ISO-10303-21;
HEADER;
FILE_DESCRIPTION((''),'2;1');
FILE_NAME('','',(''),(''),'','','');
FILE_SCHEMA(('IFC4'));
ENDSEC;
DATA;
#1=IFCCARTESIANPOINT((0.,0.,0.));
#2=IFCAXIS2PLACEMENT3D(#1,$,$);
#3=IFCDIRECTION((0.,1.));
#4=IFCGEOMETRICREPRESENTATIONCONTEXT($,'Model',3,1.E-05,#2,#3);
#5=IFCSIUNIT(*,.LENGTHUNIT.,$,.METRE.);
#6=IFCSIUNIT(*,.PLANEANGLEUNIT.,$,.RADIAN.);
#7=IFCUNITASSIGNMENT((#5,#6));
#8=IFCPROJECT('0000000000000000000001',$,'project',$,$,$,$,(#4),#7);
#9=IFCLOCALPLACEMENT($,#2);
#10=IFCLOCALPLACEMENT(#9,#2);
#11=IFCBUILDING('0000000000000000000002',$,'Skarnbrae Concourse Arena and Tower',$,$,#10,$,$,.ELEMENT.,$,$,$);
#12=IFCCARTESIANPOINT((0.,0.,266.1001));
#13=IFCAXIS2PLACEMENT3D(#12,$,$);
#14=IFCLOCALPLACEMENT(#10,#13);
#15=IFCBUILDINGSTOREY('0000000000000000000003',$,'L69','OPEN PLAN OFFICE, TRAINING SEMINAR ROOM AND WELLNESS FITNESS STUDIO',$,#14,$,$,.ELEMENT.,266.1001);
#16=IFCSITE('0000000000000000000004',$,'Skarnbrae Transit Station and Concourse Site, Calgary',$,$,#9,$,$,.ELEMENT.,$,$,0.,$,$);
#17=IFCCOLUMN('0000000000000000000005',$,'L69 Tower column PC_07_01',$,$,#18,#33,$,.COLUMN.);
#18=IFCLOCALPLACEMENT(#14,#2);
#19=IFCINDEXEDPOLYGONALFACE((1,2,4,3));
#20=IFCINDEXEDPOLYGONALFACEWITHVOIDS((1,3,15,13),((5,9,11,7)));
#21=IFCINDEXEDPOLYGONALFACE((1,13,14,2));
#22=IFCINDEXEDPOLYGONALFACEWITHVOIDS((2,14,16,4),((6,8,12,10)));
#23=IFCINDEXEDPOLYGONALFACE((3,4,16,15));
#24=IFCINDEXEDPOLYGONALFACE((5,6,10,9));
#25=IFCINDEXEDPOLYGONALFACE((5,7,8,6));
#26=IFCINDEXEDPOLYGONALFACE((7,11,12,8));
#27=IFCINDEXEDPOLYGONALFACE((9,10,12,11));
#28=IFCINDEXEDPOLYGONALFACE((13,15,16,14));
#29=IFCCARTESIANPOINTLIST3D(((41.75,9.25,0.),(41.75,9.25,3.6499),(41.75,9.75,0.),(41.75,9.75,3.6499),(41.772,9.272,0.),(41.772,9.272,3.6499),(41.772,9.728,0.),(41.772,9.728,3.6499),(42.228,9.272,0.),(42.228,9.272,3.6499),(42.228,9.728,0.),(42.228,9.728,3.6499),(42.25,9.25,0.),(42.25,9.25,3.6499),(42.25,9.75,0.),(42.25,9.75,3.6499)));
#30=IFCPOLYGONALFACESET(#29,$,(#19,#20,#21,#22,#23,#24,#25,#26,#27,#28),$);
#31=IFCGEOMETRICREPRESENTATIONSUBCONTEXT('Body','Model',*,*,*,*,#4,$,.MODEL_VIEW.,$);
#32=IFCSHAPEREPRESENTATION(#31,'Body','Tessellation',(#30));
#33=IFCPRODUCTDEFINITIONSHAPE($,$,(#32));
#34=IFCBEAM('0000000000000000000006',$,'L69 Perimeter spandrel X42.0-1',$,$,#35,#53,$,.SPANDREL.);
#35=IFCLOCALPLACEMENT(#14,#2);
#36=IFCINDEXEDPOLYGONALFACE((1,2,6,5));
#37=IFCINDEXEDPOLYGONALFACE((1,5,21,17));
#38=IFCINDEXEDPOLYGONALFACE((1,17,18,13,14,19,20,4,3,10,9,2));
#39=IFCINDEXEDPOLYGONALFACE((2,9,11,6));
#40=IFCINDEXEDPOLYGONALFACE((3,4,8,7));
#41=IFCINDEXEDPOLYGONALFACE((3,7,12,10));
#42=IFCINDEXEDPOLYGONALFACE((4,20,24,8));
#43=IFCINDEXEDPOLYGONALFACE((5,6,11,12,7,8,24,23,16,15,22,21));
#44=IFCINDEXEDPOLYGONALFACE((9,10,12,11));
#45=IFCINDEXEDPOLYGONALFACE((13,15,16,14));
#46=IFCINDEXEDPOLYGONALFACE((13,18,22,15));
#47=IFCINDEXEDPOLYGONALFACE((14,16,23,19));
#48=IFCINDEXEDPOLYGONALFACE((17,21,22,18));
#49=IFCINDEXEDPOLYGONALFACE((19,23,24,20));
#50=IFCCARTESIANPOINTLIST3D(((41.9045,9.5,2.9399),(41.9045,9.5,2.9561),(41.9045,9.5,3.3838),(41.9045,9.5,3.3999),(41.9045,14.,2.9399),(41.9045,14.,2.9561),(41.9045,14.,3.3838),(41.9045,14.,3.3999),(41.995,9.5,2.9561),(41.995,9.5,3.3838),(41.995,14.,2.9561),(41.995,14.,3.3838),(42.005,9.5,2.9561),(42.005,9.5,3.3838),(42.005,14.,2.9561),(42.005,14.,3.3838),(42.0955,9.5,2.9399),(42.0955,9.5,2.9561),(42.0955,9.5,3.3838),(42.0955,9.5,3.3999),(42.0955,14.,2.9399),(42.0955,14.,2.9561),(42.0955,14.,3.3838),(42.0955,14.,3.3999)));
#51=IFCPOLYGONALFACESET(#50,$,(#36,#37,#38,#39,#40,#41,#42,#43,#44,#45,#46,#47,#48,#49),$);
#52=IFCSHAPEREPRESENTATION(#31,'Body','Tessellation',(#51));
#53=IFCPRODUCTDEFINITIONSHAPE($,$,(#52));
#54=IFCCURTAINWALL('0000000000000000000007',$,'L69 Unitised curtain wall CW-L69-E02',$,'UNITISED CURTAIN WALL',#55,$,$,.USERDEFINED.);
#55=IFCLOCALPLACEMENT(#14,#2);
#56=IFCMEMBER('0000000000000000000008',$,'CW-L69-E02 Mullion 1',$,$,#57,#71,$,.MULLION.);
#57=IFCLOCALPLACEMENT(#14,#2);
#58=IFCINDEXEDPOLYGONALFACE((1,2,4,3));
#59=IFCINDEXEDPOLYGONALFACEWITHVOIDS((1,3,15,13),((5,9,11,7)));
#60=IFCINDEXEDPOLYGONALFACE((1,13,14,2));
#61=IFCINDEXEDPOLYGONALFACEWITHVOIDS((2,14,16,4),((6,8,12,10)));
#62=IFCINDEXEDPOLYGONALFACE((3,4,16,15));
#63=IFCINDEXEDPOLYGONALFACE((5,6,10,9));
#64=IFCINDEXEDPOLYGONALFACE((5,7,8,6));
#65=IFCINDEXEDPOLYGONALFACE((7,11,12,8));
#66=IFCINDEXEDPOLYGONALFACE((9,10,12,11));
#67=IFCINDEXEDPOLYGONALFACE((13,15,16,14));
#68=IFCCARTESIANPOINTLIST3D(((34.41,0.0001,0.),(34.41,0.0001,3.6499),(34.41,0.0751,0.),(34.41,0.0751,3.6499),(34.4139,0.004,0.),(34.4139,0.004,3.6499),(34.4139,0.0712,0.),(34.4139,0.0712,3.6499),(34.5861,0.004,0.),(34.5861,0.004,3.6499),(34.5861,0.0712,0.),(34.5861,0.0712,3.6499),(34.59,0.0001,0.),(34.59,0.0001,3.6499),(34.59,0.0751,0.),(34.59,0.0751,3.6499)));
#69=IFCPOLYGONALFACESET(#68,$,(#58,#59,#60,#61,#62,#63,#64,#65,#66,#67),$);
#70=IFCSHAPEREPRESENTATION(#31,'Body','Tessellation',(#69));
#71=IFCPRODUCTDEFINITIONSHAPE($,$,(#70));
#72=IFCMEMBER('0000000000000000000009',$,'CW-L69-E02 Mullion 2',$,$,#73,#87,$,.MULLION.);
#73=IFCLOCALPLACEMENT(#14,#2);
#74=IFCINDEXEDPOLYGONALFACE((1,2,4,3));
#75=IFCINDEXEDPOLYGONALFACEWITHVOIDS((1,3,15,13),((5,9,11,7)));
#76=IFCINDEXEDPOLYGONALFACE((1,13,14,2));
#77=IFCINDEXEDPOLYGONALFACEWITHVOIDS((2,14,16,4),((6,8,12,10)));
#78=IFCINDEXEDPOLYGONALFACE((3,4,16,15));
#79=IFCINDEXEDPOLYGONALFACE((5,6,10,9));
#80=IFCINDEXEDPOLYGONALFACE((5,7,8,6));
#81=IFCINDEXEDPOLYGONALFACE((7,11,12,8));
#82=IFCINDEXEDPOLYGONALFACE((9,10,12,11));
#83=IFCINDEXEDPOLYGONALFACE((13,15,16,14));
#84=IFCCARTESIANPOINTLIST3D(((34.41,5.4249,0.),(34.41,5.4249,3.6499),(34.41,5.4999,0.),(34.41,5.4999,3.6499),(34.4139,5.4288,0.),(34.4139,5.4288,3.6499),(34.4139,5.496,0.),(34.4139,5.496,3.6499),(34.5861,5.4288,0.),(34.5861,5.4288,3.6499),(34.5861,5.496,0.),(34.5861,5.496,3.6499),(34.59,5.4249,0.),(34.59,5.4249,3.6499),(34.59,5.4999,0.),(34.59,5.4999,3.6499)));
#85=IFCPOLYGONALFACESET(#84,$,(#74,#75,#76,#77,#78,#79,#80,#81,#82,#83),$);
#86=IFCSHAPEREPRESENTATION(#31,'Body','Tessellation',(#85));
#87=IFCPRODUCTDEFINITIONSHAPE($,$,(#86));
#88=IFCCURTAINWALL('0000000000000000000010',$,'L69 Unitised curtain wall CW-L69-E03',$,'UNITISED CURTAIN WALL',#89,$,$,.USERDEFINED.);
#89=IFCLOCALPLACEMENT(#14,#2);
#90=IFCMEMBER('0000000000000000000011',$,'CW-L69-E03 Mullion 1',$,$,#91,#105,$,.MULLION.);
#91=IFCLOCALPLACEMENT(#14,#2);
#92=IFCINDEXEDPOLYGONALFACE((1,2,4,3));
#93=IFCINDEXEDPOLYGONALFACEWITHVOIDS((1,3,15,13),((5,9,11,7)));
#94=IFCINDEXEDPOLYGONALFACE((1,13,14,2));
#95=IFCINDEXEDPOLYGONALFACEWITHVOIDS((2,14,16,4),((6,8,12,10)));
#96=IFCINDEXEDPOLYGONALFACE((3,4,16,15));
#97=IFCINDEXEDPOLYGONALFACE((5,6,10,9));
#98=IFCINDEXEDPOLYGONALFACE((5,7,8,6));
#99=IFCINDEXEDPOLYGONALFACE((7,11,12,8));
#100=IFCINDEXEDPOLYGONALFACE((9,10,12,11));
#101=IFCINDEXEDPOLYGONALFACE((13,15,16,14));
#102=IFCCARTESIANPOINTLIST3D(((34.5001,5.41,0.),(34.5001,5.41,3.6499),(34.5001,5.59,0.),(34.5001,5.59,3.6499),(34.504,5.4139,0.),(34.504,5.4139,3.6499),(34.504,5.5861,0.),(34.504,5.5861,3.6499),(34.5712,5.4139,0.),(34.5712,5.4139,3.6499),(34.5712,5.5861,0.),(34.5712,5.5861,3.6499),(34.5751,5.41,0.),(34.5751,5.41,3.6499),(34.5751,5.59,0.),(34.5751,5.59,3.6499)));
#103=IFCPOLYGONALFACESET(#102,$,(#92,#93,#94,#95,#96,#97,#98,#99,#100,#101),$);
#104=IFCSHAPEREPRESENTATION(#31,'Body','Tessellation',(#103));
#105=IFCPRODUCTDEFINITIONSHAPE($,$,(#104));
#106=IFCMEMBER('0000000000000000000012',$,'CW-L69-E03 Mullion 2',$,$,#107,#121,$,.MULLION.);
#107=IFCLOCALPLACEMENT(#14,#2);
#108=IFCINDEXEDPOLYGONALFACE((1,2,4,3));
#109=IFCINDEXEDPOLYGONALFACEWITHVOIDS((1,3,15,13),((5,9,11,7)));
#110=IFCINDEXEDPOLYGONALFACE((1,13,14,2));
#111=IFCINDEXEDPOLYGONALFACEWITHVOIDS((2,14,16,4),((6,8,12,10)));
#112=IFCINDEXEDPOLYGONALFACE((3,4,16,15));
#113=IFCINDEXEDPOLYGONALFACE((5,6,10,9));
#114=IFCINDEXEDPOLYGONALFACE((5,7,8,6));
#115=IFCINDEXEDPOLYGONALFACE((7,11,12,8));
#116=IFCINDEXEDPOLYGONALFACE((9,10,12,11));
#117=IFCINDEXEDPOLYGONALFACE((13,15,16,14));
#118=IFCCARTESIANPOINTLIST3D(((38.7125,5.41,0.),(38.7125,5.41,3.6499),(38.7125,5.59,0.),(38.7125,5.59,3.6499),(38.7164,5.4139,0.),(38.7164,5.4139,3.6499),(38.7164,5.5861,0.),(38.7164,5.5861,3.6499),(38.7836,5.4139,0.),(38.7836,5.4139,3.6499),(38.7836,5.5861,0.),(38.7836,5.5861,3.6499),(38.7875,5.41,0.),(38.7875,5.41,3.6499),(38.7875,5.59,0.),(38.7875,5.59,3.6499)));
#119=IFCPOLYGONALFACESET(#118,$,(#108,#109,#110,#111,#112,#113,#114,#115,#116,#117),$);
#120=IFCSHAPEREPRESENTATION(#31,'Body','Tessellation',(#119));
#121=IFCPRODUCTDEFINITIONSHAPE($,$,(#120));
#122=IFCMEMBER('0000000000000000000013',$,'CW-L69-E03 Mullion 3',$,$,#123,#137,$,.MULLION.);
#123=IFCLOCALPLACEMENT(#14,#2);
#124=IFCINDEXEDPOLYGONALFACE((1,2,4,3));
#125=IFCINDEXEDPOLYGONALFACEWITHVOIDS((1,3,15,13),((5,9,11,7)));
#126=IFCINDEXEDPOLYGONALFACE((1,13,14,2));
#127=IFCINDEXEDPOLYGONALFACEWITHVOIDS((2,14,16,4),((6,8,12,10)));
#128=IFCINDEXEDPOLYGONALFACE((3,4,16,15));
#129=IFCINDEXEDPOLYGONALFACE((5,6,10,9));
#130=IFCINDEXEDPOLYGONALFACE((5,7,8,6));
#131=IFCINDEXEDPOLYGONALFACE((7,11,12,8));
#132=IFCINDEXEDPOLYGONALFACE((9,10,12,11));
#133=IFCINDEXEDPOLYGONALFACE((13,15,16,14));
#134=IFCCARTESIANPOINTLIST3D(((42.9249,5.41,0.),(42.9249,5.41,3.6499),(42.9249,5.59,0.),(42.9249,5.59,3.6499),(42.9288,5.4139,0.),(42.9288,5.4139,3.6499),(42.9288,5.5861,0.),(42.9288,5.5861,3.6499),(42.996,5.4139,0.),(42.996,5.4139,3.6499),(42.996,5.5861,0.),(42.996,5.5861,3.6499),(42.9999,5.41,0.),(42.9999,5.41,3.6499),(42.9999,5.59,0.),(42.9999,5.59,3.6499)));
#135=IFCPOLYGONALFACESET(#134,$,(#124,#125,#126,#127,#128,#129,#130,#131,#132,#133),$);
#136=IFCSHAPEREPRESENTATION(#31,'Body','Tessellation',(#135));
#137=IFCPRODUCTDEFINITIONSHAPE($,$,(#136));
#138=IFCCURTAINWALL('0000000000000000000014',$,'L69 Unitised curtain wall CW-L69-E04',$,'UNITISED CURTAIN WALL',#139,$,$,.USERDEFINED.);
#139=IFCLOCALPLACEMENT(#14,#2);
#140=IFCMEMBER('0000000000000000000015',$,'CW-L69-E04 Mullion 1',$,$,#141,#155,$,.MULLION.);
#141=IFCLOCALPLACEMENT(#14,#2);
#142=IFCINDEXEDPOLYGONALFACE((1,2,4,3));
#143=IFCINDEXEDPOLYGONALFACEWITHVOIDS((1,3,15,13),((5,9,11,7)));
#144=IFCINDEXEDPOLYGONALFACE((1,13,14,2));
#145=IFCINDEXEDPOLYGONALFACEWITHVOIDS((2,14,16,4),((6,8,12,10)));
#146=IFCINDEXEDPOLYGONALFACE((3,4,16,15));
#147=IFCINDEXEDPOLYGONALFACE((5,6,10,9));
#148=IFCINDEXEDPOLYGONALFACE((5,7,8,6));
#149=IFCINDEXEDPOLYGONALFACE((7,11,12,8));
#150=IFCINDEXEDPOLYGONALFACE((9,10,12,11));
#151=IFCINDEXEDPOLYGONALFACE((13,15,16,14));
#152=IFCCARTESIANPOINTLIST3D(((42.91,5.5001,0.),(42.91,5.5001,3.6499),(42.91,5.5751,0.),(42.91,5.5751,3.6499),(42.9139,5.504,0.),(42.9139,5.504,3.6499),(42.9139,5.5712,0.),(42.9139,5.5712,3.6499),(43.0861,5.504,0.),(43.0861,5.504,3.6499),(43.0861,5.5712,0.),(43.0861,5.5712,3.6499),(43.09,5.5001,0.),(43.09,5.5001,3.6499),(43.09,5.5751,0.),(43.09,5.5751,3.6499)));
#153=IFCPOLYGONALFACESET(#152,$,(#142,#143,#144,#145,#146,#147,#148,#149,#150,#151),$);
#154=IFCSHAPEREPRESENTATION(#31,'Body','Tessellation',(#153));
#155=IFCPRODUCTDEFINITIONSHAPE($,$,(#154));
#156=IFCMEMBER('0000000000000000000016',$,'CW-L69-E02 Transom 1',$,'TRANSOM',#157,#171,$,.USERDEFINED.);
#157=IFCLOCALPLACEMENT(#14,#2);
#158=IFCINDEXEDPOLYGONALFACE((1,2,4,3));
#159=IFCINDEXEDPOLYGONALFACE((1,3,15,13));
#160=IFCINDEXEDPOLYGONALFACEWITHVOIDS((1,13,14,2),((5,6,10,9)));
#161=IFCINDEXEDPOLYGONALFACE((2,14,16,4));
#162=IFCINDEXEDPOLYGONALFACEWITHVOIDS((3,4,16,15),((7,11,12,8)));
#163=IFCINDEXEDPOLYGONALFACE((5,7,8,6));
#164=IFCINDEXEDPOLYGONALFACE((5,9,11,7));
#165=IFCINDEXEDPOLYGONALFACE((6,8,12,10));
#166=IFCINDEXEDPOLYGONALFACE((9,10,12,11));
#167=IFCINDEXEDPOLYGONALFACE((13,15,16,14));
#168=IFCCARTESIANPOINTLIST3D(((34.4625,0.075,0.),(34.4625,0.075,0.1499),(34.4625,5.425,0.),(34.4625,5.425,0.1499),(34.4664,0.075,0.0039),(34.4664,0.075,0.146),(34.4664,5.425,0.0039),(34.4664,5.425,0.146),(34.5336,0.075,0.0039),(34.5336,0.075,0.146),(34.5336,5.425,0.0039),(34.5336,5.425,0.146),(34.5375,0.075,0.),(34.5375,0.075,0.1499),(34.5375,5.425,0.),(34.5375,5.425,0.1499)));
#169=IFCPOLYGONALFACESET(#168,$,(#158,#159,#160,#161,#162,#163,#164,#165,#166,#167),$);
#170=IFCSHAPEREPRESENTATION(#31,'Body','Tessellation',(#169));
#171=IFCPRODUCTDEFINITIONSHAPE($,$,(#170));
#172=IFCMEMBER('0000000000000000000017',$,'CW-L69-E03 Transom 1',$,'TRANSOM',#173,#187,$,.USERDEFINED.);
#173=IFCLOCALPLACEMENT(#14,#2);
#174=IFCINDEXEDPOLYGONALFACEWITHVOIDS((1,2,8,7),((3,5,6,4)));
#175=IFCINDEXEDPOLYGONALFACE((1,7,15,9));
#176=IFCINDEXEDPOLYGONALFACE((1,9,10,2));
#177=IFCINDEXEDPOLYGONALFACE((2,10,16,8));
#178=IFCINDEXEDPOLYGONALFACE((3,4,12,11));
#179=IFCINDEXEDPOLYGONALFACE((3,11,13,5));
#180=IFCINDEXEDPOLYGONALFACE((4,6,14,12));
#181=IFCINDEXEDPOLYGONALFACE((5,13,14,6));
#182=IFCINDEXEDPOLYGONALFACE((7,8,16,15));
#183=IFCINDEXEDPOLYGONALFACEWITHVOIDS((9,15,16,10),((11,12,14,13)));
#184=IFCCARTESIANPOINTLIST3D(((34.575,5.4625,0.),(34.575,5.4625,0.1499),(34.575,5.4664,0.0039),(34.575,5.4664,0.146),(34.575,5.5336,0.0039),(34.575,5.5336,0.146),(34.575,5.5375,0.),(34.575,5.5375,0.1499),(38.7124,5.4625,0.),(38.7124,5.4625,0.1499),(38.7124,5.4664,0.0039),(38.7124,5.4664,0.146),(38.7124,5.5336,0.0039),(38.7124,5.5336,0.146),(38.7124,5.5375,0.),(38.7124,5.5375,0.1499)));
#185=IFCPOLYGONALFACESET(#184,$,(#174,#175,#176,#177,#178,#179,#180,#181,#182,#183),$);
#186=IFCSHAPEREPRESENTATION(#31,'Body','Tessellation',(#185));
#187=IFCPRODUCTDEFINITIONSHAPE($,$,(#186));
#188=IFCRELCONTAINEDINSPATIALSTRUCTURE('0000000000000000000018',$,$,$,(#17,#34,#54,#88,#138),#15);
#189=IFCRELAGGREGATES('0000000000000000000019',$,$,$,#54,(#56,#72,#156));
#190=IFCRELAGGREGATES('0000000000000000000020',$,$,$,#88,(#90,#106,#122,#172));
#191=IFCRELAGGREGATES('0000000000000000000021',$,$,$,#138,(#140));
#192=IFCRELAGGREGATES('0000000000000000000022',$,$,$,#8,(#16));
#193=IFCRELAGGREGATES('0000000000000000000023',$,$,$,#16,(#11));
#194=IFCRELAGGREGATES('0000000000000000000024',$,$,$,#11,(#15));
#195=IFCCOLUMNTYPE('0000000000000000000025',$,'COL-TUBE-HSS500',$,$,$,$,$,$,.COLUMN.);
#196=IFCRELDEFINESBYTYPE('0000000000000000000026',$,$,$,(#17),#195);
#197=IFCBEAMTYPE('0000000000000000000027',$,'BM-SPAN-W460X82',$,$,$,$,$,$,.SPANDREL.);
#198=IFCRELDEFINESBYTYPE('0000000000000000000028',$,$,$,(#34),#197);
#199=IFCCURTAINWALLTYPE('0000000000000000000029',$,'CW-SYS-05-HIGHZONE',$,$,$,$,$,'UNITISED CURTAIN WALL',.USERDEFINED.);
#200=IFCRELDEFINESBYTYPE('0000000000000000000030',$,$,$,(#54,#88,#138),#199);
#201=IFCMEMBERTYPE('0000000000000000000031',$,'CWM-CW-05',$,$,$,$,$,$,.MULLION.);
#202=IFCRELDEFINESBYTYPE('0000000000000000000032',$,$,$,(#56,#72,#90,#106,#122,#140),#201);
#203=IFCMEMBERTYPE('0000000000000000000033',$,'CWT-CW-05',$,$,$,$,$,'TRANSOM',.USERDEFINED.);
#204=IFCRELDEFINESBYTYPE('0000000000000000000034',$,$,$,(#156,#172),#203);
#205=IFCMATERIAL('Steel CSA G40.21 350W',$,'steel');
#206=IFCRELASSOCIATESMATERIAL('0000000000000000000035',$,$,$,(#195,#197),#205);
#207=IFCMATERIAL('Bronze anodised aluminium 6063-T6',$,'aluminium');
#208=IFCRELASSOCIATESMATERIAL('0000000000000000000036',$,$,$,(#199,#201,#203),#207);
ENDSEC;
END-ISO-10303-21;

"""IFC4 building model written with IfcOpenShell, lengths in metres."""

from ifc_helpers import new_model, si_unit, direction, frame, origin, origin_2d, place, context, subcontext, project, spatial, hollow_rectangle, i_section, extrude, source, transform, mapped, material, material_profile, profile_set, type_object, element, aggregate, save


model = new_model("IFC4")

# Units and contexts
model_context = context("Model", 3, precision=1e-05, world=origin(), true_north=direction((0.0, 1.0)))
body_context = subcontext(model_context, "Body", "Model", "MODEL_VIEW")
ifc_project = project(units=[si_unit("LENGTHUNIT", "METRE"), si_unit("PLANEANGLEUNIT", "RADIAN")], contexts=[model_context])

# Site, building, storey
site_placement = place(None, origin())
site = spatial("IfcSite", under=ifc_project, at=site_placement, Name="Skarnbrae Transit Station and Concourse Site, Calgary", CompositionType="ELEMENT", RefElevation=0.0)
building_placement = place(site_placement, origin())
building = spatial("IfcBuilding", under=site, at=building_placement, Name="Skarnbrae Concourse Arena and Tower", CompositionType="ELEMENT")
storey_placement = place(building_placement, frame((0.0, 0.0, 266.1001)))
storey = spatial("IfcBuildingStorey", under=building, at=storey_placement, Name="L69", Description="OPEN PLAN OFFICE, TRAINING SEMINAR ROOM AND WELLNESS FITNESS STUDIO", CompositionType="ELEMENT", Elevation=266.1001)

# Column
ifc_material_1 = material(Name="Steel CSA G40.21 350W", Category="steel")
ifc_material_profile_1 = material_profile(ifc_material_1, hollow_rectangle(XDim=0.5, YDim=0.5, WallThickness=0.022, at=origin_2d()), Name="HSS500X500X22.0")
ifc_profile_set_1 = profile_set([ifc_material_profile_1], Name="Steel CSA G40.21 350W")
column_type = type_object("IfcColumnType", Name="COL-TUBE-HSS500", PredefinedType="COLUMN", material=ifc_profile_set_1)
shared_shape_1 = source(origin(), body_context, "Body", "SweptSolid", [
    extrude(hollow_rectangle(XDim=0.5, YDim=0.5, WallThickness=0.022, at=origin_2d()), origin(), (0.0, 0.0, 1.0), 3.6499),
])
column_placement = place(storey_placement, frame((42.0, 9.5, 0.0), z_axis=(0.0, 0.0, 1.0), x_axis=(1.0, 0.0, 0.0)))
element("IfcColumn", 1, at=column_placement, inside=storey, type_object=column_type, Name="L69 Tower column PC_07_01", PredefinedType="COLUMN", context=body_context, shape_type="MappedRepresentation", body=[
    mapped(shared_shape_1, transform((0.0, 0.0, 0.0))),
])

# Beam
ifc_material_profile_2 = material_profile(ifc_material_1, i_section(OverallWidth=0.1909, OverallDepth=0.46, WebThickness=0.01, FlangeThickness=0.0161, at=origin_2d()), Name="W460X82")
ifc_profile_set_2 = profile_set([ifc_material_profile_2], Name="Steel CSA G40.21 350W")
beam_type = type_object("IfcBeamType", Name="BM-SPAN-W460X82", PredefinedType="SPANDREL", material=ifc_profile_set_2)
shared_shape_2 = source(origin(), body_context, "Body", "SweptSolid", [
    extrude(i_section(OverallWidth=0.1909, OverallDepth=0.46, WebThickness=0.01, FlangeThickness=0.0161, at=origin_2d()), origin(), (0.0, 0.0, 1.0), 4.5),
])
beam_placement = place(storey_placement, frame((42.0, 9.5, 3.1699), z_axis=(0.0, 1.0, 0.0), x_axis=(-1.0, 0.0, 0.0)))
element("IfcBeam", 2, at=beam_placement, inside=storey, type_object=beam_type, Name="L69 Perimeter spandrel X42.0-1", PredefinedType="SPANDREL", context=body_context, shape_type="MappedRepresentation", body=[
    mapped(shared_shape_2, transform((0.0, 0.0, 0.0))),
])

# Curtain walls, members
ifc_material_2 = material(Name="Bronze anodised aluminium 6063-T6", Category="aluminium")
curtain_wall_type = type_object("IfcCurtainWallType", Name="CW-SYS-05-HIGHZONE", ElementType="UNITISED CURTAIN WALL", PredefinedType="USERDEFINED", material=ifc_material_2)
curtain_wall_1_placement = place(storey_placement, origin())
curtain_wall_1 = element("IfcCurtainWall", 3, at=curtain_wall_1_placement, inside=storey, type_object=curtain_wall_type, Name="L69 Unitised curtain wall CW-L69-E02", ObjectType="UNITISED CURTAIN WALL", PredefinedType="USERDEFINED")
ifc_material_profile_3 = material_profile(ifc_material_2, hollow_rectangle(XDim=0.075, YDim=0.1799, WallThickness=0.0039, at=origin_2d()), Name="ALU-MULL-75X180")
ifc_profile_set_3 = profile_set([ifc_material_profile_3], Name="Bronze anodised aluminium 6063-T6")
member_type_1 = type_object("IfcMemberType", Name="CWM-CW-05", PredefinedType="MULLION", material=ifc_profile_set_3)
shared_shape_3 = source(origin(), body_context, "Body", "SweptSolid", [
    extrude(hollow_rectangle(XDim=0.075, YDim=0.1799, WallThickness=0.0039, at=origin_2d()), origin(), (0.0, 0.0, 1.0), 3.6499),
])
member_1_placement = place(storey_placement, frame((34.5, 0.0376, 0.0), z_axis=(0.0, 0.0, 1.0), x_axis=(0.0, 1.0, 0.0)))
member_1 = element("IfcMember", 4, at=member_1_placement, type_object=member_type_1, Name="CW-L69-E02 Mullion 1", PredefinedType="MULLION", context=body_context, shape_type="MappedRepresentation", body=[
    mapped(shared_shape_3, transform((0.0, 0.0, 0.0))),
])
member_2_placement = place(storey_placement, frame((34.5, 5.4624, 0.0), z_axis=(0.0, 0.0, 1.0), x_axis=(0.0, 1.0, 0.0)))
member_2 = element("IfcMember", 5, at=member_2_placement, type_object=member_type_1, Name="CW-L69-E02 Mullion 2", PredefinedType="MULLION", context=body_context, shape_type="MappedRepresentation", body=[
    mapped(shared_shape_3, transform((0.0, 0.0, 0.0))),
])
curtain_wall_2_placement = place(storey_placement, origin())
curtain_wall_2 = element("IfcCurtainWall", 6, at=curtain_wall_2_placement, inside=storey, type_object=curtain_wall_type, Name="L69 Unitised curtain wall CW-L69-E03", ObjectType="UNITISED CURTAIN WALL", PredefinedType="USERDEFINED")
member_3_placement = place(storey_placement, frame((34.5376, 5.5, 0.0), z_axis=(0.0, 0.0, 1.0), x_axis=(1.0, 0.0, 0.0)))
member_3 = element("IfcMember", 7, at=member_3_placement, type_object=member_type_1, Name="CW-L69-E03 Mullion 1", PredefinedType="MULLION", context=body_context, shape_type="MappedRepresentation", body=[
    mapped(shared_shape_3, transform((0.0, 0.0, 0.0))),
])
member_4_placement = place(storey_placement, frame((38.75, 5.5, 0.0), z_axis=(0.0, 0.0, 1.0), x_axis=(1.0, 0.0, 0.0)))
member_4 = element("IfcMember", 8, at=member_4_placement, type_object=member_type_1, Name="CW-L69-E03 Mullion 2", PredefinedType="MULLION", context=body_context, shape_type="MappedRepresentation", body=[
    mapped(shared_shape_3, transform((0.0, 0.0, 0.0))),
])
member_5_placement = place(storey_placement, frame((42.9624, 5.5, 0.0), z_axis=(0.0, 0.0, 1.0), x_axis=(1.0, 0.0, 0.0)))
member_5 = element("IfcMember", 9, at=member_5_placement, type_object=member_type_1, Name="CW-L69-E03 Mullion 3", PredefinedType="MULLION", context=body_context, shape_type="MappedRepresentation", body=[
    mapped(shared_shape_3, transform((0.0, 0.0, 0.0))),
])

# Curtain wall, member
curtain_wall_3_placement = place(storey_placement, origin())
curtain_wall_3 = element("IfcCurtainWall", 10, at=curtain_wall_3_placement, inside=storey, type_object=curtain_wall_type, Name="L69 Unitised curtain wall CW-L69-E04", ObjectType="UNITISED CURTAIN WALL", PredefinedType="USERDEFINED")
member_6_placement = place(storey_placement, frame((43.0, 5.5376, 0.0), z_axis=(0.0, 0.0, 1.0), x_axis=(0.0, 1.0, 0.0)))
member_6 = element("IfcMember", 11, at=member_6_placement, type_object=member_type_1, Name="CW-L69-E04 Mullion 1", PredefinedType="MULLION", context=body_context, shape_type="MappedRepresentation", body=[
    mapped(shared_shape_3, transform((0.0, 0.0, 0.0))),
])

# Members
ifc_material_profile_4 = material_profile(ifc_material_2, hollow_rectangle(XDim=0.075, YDim=0.1499, WallThickness=0.0039, at=origin_2d()), Name="ALU-TRAN-75X150")
ifc_profile_set_4 = profile_set([ifc_material_profile_4], Name="Bronze anodised aluminium 6063-T6")
member_type_2 = type_object("IfcMemberType", Name="CWT-CW-05", ElementType="TRANSOM", PredefinedType="USERDEFINED", material=ifc_profile_set_4)
shared_shape_4 = source(origin(), body_context, "Body", "SweptSolid", [
    extrude(hollow_rectangle(XDim=0.075, YDim=0.1499, WallThickness=0.0039, at=origin_2d()), origin(), (0.0, 0.0, 1.0), 5.3501),
])
member_7_placement = place(storey_placement, frame((34.5, 0.075, 0.075), z_axis=(0.0, 1.0, 0.0), x_axis=(-1.0, 0.0, 0.0)))
member_7 = element("IfcMember", 12, at=member_7_placement, type_object=member_type_2, Name="CW-L69-E02 Transom 1", ObjectType="TRANSOM", PredefinedType="USERDEFINED", context=body_context, shape_type="MappedRepresentation", body=[
    mapped(shared_shape_4, transform((0.0, 0.0, 0.0))),
])
shared_shape_5 = source(origin(), body_context, "Body", "SweptSolid", [
    extrude(hollow_rectangle(XDim=0.075, YDim=0.1499, WallThickness=0.0039, at=origin_2d()), origin(), (0.0, 0.0, 1.0), 4.1375),
])
member_8_placement = place(storey_placement, frame((34.575, 5.5, 0.075), z_axis=(1.0, 0.0, 0.0), x_axis=(0.0, 1.0, 0.0)))
member_8 = element("IfcMember", 13, at=member_8_placement, type_object=member_type_2, Name="CW-L69-E03 Transom 1", ObjectType="TRANSOM", PredefinedType="USERDEFINED", context=body_context, shape_type="MappedRepresentation", body=[
    mapped(shared_shape_5, transform((0.0, 0.0, 0.0))),
])

aggregate(curtain_wall_1, [member_1, member_2, member_7])
aggregate(curtain_wall_2, [member_3, member_4, member_5, member_8])
aggregate(curtain_wall_3, [member_6])

save(model, "model.ifc")
